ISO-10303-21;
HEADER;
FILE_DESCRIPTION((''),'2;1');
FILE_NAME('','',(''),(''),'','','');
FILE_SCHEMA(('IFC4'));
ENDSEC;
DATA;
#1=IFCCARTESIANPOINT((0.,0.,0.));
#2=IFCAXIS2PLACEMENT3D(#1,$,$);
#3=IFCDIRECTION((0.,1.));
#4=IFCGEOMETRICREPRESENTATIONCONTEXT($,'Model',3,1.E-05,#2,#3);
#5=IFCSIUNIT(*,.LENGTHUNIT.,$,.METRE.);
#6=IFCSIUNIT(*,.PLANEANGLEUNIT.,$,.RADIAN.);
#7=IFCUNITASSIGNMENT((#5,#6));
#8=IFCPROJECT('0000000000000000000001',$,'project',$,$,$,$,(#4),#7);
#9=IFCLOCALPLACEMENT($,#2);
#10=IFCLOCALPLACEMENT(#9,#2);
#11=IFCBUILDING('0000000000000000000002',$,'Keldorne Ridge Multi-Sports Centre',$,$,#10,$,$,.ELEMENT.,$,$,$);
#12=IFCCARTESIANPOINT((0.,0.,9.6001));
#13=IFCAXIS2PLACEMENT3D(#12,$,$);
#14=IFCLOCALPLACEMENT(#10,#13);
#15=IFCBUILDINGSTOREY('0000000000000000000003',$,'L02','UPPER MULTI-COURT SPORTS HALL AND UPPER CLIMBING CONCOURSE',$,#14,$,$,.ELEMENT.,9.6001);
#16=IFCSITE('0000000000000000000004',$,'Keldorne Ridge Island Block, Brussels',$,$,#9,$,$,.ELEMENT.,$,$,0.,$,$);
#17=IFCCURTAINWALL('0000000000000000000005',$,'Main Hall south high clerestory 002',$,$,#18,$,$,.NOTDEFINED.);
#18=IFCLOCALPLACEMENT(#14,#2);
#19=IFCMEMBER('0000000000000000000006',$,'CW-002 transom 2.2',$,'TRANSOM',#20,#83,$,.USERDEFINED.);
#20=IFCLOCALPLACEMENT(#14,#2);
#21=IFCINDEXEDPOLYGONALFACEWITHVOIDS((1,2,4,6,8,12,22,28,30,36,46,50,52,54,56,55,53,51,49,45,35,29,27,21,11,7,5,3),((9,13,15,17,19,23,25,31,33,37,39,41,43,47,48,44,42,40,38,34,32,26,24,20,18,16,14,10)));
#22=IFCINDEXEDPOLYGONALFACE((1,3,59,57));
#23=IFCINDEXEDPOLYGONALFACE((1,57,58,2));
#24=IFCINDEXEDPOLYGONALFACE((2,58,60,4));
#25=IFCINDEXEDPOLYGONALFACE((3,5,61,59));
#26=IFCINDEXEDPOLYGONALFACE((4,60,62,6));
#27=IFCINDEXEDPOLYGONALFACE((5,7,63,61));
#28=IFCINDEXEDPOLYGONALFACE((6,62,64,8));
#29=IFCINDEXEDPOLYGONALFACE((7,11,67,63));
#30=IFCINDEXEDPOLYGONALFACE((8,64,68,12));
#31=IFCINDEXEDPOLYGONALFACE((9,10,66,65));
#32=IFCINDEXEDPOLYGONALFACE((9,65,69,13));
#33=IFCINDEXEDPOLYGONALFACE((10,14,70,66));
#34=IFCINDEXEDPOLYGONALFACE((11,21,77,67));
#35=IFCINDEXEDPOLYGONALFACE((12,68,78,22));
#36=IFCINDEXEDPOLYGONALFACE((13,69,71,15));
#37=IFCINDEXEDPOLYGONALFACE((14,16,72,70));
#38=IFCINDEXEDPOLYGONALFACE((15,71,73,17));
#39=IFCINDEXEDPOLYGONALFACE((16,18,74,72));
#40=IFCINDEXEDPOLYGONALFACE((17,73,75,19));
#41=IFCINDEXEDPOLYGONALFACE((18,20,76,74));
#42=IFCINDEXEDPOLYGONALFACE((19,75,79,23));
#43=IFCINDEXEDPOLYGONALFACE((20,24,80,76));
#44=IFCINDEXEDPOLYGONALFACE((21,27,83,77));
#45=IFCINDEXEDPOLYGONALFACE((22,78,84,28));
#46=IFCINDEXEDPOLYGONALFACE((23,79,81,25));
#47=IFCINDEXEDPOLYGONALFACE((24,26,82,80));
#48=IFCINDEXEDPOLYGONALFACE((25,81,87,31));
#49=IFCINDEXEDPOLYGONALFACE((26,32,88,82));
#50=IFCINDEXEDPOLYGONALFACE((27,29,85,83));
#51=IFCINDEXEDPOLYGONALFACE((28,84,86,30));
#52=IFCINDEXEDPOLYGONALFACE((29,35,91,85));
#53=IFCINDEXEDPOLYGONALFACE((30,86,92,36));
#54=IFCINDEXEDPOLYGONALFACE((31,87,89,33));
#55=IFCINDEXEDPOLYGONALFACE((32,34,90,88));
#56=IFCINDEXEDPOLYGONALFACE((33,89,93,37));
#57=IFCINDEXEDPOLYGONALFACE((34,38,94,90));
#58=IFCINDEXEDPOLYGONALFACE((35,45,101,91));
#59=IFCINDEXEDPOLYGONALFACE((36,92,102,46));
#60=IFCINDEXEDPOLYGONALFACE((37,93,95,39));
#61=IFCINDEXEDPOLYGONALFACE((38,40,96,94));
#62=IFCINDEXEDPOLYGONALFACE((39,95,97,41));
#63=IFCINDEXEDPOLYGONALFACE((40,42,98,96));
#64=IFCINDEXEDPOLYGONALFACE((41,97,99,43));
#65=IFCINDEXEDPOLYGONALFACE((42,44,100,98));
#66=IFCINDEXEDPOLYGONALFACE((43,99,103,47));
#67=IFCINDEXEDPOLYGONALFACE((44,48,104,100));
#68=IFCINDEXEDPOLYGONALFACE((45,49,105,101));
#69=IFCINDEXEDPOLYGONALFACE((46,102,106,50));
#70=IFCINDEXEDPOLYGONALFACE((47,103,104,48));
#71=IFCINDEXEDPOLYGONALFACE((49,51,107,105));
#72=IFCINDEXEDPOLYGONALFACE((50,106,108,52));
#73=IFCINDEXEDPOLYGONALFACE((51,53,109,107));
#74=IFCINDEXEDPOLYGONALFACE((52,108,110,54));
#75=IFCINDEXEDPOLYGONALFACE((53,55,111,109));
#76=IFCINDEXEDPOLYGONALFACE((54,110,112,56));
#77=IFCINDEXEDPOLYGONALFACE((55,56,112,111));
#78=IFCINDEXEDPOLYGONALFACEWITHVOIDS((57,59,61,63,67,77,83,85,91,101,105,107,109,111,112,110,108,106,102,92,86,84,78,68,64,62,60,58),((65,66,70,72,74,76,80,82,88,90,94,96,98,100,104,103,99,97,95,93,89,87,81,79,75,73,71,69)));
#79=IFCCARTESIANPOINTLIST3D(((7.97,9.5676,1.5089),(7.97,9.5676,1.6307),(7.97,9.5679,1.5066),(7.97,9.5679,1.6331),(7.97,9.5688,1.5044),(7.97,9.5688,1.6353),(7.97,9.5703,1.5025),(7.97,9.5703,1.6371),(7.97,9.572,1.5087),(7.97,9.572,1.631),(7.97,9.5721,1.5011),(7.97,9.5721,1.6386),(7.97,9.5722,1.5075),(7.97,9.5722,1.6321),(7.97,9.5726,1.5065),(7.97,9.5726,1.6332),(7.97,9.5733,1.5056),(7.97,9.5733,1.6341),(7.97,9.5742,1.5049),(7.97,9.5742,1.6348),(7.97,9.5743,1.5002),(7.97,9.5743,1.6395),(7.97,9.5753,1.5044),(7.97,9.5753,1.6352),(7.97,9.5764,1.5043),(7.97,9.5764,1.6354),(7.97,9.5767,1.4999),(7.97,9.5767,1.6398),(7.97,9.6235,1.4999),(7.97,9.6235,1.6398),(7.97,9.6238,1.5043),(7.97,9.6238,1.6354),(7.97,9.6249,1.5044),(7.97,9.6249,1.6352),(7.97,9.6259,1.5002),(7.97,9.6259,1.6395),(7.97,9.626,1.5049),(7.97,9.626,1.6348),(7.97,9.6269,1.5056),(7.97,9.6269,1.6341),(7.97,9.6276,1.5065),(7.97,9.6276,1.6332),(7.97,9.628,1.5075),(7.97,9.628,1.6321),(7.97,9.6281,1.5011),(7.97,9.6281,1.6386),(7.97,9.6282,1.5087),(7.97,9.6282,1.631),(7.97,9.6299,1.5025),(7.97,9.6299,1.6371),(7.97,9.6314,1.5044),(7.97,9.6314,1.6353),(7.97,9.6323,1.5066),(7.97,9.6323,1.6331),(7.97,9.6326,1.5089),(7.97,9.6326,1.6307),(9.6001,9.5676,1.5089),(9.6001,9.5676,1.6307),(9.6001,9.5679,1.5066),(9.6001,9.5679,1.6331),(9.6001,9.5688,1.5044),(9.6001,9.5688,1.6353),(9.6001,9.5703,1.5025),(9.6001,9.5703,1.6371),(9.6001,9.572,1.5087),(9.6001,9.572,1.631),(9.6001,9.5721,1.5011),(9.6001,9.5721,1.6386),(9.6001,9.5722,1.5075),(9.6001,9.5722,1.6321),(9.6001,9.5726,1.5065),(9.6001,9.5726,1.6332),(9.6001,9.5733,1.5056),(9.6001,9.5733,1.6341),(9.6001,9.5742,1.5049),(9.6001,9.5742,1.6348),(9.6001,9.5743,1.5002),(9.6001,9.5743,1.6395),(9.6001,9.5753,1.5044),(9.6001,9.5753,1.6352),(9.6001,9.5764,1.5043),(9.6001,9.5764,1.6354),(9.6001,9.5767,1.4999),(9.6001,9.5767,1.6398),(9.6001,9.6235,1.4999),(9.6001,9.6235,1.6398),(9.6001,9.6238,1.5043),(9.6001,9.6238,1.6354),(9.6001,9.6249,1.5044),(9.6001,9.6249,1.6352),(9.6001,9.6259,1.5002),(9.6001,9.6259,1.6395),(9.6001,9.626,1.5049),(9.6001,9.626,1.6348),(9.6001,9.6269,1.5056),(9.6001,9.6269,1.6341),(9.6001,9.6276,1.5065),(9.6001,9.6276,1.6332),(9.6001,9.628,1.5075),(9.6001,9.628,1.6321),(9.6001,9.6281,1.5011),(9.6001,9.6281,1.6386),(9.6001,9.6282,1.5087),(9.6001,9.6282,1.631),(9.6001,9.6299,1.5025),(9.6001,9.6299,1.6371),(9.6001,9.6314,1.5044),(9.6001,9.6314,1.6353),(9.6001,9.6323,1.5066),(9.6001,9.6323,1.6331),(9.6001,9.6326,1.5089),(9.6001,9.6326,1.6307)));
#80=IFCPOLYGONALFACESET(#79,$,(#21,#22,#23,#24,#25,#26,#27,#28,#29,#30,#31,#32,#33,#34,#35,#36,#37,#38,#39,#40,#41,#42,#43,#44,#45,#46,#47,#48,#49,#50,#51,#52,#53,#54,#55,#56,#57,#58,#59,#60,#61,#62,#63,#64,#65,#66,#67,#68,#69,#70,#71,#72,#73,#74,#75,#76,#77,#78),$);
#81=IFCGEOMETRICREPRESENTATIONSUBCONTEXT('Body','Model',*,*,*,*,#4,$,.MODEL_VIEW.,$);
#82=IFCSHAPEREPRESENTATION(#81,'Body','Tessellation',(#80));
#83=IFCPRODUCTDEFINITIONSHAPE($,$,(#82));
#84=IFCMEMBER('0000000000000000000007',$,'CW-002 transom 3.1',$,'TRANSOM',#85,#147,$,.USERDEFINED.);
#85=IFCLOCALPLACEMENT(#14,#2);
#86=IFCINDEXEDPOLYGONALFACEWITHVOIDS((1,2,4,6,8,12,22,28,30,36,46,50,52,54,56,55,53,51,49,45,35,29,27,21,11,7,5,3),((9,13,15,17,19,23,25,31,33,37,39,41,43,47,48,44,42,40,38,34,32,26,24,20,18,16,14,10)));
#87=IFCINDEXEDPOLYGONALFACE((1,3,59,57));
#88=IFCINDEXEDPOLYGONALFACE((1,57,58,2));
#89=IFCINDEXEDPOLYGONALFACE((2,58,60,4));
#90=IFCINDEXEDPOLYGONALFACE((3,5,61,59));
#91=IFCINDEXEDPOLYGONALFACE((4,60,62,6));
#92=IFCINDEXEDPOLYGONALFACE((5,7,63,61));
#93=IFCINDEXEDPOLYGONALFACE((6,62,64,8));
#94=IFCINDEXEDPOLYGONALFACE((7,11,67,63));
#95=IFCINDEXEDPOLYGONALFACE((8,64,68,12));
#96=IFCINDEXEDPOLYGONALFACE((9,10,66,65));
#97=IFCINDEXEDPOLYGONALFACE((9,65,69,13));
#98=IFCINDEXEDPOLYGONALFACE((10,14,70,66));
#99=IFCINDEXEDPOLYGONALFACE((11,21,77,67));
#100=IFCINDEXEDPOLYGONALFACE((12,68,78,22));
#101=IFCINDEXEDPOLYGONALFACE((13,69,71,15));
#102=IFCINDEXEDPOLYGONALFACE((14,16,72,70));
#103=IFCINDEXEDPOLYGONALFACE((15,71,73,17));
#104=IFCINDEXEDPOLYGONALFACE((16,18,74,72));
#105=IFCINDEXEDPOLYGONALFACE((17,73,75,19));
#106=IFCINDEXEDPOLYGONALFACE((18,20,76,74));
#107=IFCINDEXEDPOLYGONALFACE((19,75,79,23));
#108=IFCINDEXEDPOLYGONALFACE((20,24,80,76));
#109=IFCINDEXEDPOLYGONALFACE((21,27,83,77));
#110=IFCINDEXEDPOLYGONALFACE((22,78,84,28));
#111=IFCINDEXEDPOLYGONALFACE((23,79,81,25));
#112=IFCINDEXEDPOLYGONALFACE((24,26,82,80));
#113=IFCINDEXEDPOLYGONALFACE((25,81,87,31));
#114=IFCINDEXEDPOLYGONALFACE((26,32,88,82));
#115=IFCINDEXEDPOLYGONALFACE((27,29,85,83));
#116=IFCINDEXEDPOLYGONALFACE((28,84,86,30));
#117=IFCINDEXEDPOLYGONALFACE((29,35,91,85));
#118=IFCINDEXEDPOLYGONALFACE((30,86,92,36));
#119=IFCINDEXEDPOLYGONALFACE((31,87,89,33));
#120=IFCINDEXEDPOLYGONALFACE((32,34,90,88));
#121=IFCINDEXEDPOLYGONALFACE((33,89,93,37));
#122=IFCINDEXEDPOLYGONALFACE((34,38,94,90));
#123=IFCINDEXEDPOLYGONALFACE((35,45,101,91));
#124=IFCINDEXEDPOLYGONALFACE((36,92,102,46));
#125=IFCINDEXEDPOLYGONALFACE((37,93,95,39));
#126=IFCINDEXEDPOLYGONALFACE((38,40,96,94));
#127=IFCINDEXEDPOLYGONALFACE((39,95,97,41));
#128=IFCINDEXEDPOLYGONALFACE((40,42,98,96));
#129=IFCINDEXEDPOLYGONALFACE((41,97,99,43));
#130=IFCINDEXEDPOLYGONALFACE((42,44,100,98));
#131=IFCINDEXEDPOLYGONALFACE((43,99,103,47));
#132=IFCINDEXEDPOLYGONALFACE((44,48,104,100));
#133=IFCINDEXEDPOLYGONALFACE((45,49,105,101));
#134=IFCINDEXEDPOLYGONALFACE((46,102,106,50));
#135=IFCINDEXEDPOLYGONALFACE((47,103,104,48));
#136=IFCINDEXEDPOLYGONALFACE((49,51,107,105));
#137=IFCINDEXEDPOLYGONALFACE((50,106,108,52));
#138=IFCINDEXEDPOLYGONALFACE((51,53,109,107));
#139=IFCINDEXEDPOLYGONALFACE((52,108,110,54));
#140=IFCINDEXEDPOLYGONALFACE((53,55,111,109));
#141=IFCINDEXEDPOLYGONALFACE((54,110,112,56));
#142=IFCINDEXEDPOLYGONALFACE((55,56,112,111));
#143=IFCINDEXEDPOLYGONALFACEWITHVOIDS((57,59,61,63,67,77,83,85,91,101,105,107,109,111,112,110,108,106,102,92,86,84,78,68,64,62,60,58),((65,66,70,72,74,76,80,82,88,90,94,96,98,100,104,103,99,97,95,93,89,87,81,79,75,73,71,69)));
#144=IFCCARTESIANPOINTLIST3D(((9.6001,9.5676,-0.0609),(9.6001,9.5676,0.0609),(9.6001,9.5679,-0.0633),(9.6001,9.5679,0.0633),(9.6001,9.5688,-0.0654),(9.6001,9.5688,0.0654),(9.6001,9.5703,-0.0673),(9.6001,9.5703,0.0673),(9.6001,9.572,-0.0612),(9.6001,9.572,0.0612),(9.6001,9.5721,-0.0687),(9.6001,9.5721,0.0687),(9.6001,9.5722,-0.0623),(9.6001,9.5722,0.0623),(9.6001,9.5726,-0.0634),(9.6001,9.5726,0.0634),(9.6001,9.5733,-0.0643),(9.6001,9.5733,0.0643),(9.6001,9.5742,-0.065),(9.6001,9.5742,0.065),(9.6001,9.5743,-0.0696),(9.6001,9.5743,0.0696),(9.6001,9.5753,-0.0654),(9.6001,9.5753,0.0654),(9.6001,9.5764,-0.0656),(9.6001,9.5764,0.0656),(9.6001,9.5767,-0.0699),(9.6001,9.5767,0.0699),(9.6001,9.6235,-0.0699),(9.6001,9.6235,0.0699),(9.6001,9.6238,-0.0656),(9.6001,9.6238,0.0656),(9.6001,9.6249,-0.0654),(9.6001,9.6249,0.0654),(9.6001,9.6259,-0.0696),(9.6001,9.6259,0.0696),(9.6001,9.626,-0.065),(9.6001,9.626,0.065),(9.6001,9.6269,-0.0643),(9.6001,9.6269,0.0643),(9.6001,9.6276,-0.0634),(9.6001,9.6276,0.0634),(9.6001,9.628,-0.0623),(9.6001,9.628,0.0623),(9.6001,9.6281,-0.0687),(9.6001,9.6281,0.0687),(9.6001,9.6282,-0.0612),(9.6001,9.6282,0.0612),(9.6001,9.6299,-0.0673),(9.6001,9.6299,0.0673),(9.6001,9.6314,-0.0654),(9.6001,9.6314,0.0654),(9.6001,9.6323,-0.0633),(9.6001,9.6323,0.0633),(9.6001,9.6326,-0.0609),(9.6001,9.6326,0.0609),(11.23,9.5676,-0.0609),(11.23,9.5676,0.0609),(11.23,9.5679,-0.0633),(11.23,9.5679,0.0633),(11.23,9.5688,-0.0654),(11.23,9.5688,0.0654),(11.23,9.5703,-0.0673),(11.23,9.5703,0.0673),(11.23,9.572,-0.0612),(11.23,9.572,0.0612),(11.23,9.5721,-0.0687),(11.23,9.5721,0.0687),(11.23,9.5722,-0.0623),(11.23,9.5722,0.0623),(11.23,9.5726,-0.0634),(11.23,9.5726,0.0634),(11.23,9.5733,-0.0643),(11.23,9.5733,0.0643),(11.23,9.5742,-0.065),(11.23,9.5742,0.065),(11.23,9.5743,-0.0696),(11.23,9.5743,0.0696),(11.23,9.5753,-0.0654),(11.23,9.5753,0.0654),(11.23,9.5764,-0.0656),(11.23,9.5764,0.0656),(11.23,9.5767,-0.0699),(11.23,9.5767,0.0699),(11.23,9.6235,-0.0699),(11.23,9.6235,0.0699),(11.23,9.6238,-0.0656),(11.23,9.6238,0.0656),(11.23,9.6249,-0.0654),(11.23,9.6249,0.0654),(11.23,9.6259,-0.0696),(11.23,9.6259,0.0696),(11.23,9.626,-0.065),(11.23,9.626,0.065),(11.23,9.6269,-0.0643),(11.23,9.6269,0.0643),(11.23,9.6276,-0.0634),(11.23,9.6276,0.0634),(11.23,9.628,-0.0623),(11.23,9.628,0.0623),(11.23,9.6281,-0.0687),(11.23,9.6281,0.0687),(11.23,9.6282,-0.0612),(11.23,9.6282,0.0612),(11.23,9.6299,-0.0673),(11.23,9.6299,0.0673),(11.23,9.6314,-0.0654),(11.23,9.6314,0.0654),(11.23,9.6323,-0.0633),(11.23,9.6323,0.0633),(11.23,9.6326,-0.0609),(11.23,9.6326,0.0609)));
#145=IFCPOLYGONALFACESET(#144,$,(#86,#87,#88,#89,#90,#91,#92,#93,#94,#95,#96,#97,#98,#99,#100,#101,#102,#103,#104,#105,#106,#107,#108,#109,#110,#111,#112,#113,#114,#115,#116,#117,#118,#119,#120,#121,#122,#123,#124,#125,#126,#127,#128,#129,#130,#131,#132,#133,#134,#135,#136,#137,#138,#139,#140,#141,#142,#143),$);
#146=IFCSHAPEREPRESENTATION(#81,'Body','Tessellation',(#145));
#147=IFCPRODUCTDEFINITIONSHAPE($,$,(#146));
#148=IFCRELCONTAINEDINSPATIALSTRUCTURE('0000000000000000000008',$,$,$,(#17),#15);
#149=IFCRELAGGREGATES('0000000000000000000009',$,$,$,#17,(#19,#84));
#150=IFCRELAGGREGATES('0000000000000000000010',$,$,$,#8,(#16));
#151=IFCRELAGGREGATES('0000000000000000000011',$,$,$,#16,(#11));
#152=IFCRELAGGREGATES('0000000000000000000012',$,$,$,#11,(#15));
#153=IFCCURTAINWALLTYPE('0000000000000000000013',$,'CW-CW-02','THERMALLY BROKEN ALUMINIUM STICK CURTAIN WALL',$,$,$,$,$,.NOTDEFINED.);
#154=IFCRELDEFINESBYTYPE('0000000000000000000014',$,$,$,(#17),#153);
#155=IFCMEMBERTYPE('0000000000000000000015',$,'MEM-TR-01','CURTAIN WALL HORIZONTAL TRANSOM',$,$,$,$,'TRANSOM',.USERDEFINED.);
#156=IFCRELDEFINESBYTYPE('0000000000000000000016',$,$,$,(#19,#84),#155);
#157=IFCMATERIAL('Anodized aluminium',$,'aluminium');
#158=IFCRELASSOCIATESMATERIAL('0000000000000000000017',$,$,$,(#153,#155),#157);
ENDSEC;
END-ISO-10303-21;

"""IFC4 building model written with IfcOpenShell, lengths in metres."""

from ifc_helpers import new_model, si_unit, direction, frame, origin, origin_2d, place, context, subcontext, project, spatial, hollow_rectangle, extrude, material, material_profile, profile_set, type_object, element, aggregate, save


model = new_model("IFC4")

# Units and contexts
model_context = context("Model", 3, precision=1e-05, world=origin(), true_north=direction((0.0, 1.0)))
body_context = subcontext(model_context, "Body", "Model", "MODEL_VIEW")
ifc_project = project(units=[si_unit("LENGTHUNIT", "METRE"), si_unit("PLANEANGLEUNIT", "RADIAN")], contexts=[model_context])

# Site, building, storey
site_placement = place(None, origin())
site = spatial("IfcSite", under=ifc_project, at=site_placement, Name="Keldorne Ridge Island Block, Brussels", CompositionType="ELEMENT", RefElevation=0.0)
building_placement = place(site_placement, origin())
building = spatial("IfcBuilding", under=site, at=building_placement, Name="Keldorne Ridge Multi-Sports Centre", CompositionType="ELEMENT")
storey_placement = place(building_placement, frame((0.0, 0.0, 9.6001)))
storey = spatial("IfcBuildingStorey", under=building, at=storey_placement, Name="L02", Description="UPPER MULTI-COURT SPORTS HALL AND UPPER CLIMBING CONCOURSE", CompositionType="ELEMENT", Elevation=9.6001)

# Curtain wall
ifc_material_1 = material(Name="Anodized aluminium", Category="aluminium")
curtain_wall_type_1 = type_object("IfcCurtainWallType", Name="CW-CW-02", Description="THERMALLY BROKEN ALUMINIUM STICK CURTAIN WALL", PredefinedType="NOTDEFINED", material=ifc_material_1)
curtain_wall_1_placement = place(storey_placement, origin())
curtain_wall_1 = element("IfcCurtainWall", 1, at=curtain_wall_1_placement, inside=storey, type_object=curtain_wall_type_1, Name="Main Hall south high clerestory 002", PredefinedType="NOTDEFINED")

# Members
ifc_material_profile_1 = material_profile(ifc_material_1, hollow_rectangle(XDim=0.0649, YDim=0.1399, WallThickness=0.0044, InnerFilletRadius=0.0044, OuterFilletRadius=0.009, at=origin_2d()), Name="ALU TRANSOM 140x65x4.5")
ifc_profile_set_1 = profile_set([ifc_material_profile_1], Name="Anodized aluminium")
member_type_1 = type_object("IfcMemberType", Name="MEM-TR-01", Description="CURTAIN WALL HORIZONTAL TRANSOM", ElementType="TRANSOM", PredefinedType="USERDEFINED", material=ifc_profile_set_1)
member_1_placement = place(storey_placement, frame((7.97, 9.6001, 1.5698), z_axis=(1.0, 0.0, 0.0), x_axis=(0.0, 1.0, 0.0)))
member_1 = element("IfcMember", 2, at=member_1_placement, type_object=member_type_1, Name="CW-002 transom 2.2", ObjectType="TRANSOM", PredefinedType="USERDEFINED", context=body_context, shape_type="SweptSolid", body=[
    extrude(hollow_rectangle(XDim=0.0649, YDim=0.1399, WallThickness=0.0044, InnerFilletRadius=0.0044, OuterFilletRadius=0.009, at=origin_2d()), origin(), (0.0, 0.0, 1.0), 1.6301),
])
member_2_placement = place(storey_placement, frame((9.6001, 9.6001, 0.0), z_axis=(1.0, 0.0, 0.0), x_axis=(0.0, 1.0, 0.0)))
member_2 = element("IfcMember", 3, at=member_2_placement, type_object=member_type_1, Name="CW-002 transom 3.1", ObjectType="TRANSOM", PredefinedType="USERDEFINED", context=body_context, shape_type="SweptSolid", body=[
    extrude(hollow_rectangle(XDim=0.0649, YDim=0.1399, WallThickness=0.0044, InnerFilletRadius=0.0044, OuterFilletRadius=0.009, at=origin_2d()), origin(), (0.0, 0.0, 1.0), 1.6299),
])

aggregate(curtain_wall_1, [member_1, member_2])

save(model, "model.ifc")
